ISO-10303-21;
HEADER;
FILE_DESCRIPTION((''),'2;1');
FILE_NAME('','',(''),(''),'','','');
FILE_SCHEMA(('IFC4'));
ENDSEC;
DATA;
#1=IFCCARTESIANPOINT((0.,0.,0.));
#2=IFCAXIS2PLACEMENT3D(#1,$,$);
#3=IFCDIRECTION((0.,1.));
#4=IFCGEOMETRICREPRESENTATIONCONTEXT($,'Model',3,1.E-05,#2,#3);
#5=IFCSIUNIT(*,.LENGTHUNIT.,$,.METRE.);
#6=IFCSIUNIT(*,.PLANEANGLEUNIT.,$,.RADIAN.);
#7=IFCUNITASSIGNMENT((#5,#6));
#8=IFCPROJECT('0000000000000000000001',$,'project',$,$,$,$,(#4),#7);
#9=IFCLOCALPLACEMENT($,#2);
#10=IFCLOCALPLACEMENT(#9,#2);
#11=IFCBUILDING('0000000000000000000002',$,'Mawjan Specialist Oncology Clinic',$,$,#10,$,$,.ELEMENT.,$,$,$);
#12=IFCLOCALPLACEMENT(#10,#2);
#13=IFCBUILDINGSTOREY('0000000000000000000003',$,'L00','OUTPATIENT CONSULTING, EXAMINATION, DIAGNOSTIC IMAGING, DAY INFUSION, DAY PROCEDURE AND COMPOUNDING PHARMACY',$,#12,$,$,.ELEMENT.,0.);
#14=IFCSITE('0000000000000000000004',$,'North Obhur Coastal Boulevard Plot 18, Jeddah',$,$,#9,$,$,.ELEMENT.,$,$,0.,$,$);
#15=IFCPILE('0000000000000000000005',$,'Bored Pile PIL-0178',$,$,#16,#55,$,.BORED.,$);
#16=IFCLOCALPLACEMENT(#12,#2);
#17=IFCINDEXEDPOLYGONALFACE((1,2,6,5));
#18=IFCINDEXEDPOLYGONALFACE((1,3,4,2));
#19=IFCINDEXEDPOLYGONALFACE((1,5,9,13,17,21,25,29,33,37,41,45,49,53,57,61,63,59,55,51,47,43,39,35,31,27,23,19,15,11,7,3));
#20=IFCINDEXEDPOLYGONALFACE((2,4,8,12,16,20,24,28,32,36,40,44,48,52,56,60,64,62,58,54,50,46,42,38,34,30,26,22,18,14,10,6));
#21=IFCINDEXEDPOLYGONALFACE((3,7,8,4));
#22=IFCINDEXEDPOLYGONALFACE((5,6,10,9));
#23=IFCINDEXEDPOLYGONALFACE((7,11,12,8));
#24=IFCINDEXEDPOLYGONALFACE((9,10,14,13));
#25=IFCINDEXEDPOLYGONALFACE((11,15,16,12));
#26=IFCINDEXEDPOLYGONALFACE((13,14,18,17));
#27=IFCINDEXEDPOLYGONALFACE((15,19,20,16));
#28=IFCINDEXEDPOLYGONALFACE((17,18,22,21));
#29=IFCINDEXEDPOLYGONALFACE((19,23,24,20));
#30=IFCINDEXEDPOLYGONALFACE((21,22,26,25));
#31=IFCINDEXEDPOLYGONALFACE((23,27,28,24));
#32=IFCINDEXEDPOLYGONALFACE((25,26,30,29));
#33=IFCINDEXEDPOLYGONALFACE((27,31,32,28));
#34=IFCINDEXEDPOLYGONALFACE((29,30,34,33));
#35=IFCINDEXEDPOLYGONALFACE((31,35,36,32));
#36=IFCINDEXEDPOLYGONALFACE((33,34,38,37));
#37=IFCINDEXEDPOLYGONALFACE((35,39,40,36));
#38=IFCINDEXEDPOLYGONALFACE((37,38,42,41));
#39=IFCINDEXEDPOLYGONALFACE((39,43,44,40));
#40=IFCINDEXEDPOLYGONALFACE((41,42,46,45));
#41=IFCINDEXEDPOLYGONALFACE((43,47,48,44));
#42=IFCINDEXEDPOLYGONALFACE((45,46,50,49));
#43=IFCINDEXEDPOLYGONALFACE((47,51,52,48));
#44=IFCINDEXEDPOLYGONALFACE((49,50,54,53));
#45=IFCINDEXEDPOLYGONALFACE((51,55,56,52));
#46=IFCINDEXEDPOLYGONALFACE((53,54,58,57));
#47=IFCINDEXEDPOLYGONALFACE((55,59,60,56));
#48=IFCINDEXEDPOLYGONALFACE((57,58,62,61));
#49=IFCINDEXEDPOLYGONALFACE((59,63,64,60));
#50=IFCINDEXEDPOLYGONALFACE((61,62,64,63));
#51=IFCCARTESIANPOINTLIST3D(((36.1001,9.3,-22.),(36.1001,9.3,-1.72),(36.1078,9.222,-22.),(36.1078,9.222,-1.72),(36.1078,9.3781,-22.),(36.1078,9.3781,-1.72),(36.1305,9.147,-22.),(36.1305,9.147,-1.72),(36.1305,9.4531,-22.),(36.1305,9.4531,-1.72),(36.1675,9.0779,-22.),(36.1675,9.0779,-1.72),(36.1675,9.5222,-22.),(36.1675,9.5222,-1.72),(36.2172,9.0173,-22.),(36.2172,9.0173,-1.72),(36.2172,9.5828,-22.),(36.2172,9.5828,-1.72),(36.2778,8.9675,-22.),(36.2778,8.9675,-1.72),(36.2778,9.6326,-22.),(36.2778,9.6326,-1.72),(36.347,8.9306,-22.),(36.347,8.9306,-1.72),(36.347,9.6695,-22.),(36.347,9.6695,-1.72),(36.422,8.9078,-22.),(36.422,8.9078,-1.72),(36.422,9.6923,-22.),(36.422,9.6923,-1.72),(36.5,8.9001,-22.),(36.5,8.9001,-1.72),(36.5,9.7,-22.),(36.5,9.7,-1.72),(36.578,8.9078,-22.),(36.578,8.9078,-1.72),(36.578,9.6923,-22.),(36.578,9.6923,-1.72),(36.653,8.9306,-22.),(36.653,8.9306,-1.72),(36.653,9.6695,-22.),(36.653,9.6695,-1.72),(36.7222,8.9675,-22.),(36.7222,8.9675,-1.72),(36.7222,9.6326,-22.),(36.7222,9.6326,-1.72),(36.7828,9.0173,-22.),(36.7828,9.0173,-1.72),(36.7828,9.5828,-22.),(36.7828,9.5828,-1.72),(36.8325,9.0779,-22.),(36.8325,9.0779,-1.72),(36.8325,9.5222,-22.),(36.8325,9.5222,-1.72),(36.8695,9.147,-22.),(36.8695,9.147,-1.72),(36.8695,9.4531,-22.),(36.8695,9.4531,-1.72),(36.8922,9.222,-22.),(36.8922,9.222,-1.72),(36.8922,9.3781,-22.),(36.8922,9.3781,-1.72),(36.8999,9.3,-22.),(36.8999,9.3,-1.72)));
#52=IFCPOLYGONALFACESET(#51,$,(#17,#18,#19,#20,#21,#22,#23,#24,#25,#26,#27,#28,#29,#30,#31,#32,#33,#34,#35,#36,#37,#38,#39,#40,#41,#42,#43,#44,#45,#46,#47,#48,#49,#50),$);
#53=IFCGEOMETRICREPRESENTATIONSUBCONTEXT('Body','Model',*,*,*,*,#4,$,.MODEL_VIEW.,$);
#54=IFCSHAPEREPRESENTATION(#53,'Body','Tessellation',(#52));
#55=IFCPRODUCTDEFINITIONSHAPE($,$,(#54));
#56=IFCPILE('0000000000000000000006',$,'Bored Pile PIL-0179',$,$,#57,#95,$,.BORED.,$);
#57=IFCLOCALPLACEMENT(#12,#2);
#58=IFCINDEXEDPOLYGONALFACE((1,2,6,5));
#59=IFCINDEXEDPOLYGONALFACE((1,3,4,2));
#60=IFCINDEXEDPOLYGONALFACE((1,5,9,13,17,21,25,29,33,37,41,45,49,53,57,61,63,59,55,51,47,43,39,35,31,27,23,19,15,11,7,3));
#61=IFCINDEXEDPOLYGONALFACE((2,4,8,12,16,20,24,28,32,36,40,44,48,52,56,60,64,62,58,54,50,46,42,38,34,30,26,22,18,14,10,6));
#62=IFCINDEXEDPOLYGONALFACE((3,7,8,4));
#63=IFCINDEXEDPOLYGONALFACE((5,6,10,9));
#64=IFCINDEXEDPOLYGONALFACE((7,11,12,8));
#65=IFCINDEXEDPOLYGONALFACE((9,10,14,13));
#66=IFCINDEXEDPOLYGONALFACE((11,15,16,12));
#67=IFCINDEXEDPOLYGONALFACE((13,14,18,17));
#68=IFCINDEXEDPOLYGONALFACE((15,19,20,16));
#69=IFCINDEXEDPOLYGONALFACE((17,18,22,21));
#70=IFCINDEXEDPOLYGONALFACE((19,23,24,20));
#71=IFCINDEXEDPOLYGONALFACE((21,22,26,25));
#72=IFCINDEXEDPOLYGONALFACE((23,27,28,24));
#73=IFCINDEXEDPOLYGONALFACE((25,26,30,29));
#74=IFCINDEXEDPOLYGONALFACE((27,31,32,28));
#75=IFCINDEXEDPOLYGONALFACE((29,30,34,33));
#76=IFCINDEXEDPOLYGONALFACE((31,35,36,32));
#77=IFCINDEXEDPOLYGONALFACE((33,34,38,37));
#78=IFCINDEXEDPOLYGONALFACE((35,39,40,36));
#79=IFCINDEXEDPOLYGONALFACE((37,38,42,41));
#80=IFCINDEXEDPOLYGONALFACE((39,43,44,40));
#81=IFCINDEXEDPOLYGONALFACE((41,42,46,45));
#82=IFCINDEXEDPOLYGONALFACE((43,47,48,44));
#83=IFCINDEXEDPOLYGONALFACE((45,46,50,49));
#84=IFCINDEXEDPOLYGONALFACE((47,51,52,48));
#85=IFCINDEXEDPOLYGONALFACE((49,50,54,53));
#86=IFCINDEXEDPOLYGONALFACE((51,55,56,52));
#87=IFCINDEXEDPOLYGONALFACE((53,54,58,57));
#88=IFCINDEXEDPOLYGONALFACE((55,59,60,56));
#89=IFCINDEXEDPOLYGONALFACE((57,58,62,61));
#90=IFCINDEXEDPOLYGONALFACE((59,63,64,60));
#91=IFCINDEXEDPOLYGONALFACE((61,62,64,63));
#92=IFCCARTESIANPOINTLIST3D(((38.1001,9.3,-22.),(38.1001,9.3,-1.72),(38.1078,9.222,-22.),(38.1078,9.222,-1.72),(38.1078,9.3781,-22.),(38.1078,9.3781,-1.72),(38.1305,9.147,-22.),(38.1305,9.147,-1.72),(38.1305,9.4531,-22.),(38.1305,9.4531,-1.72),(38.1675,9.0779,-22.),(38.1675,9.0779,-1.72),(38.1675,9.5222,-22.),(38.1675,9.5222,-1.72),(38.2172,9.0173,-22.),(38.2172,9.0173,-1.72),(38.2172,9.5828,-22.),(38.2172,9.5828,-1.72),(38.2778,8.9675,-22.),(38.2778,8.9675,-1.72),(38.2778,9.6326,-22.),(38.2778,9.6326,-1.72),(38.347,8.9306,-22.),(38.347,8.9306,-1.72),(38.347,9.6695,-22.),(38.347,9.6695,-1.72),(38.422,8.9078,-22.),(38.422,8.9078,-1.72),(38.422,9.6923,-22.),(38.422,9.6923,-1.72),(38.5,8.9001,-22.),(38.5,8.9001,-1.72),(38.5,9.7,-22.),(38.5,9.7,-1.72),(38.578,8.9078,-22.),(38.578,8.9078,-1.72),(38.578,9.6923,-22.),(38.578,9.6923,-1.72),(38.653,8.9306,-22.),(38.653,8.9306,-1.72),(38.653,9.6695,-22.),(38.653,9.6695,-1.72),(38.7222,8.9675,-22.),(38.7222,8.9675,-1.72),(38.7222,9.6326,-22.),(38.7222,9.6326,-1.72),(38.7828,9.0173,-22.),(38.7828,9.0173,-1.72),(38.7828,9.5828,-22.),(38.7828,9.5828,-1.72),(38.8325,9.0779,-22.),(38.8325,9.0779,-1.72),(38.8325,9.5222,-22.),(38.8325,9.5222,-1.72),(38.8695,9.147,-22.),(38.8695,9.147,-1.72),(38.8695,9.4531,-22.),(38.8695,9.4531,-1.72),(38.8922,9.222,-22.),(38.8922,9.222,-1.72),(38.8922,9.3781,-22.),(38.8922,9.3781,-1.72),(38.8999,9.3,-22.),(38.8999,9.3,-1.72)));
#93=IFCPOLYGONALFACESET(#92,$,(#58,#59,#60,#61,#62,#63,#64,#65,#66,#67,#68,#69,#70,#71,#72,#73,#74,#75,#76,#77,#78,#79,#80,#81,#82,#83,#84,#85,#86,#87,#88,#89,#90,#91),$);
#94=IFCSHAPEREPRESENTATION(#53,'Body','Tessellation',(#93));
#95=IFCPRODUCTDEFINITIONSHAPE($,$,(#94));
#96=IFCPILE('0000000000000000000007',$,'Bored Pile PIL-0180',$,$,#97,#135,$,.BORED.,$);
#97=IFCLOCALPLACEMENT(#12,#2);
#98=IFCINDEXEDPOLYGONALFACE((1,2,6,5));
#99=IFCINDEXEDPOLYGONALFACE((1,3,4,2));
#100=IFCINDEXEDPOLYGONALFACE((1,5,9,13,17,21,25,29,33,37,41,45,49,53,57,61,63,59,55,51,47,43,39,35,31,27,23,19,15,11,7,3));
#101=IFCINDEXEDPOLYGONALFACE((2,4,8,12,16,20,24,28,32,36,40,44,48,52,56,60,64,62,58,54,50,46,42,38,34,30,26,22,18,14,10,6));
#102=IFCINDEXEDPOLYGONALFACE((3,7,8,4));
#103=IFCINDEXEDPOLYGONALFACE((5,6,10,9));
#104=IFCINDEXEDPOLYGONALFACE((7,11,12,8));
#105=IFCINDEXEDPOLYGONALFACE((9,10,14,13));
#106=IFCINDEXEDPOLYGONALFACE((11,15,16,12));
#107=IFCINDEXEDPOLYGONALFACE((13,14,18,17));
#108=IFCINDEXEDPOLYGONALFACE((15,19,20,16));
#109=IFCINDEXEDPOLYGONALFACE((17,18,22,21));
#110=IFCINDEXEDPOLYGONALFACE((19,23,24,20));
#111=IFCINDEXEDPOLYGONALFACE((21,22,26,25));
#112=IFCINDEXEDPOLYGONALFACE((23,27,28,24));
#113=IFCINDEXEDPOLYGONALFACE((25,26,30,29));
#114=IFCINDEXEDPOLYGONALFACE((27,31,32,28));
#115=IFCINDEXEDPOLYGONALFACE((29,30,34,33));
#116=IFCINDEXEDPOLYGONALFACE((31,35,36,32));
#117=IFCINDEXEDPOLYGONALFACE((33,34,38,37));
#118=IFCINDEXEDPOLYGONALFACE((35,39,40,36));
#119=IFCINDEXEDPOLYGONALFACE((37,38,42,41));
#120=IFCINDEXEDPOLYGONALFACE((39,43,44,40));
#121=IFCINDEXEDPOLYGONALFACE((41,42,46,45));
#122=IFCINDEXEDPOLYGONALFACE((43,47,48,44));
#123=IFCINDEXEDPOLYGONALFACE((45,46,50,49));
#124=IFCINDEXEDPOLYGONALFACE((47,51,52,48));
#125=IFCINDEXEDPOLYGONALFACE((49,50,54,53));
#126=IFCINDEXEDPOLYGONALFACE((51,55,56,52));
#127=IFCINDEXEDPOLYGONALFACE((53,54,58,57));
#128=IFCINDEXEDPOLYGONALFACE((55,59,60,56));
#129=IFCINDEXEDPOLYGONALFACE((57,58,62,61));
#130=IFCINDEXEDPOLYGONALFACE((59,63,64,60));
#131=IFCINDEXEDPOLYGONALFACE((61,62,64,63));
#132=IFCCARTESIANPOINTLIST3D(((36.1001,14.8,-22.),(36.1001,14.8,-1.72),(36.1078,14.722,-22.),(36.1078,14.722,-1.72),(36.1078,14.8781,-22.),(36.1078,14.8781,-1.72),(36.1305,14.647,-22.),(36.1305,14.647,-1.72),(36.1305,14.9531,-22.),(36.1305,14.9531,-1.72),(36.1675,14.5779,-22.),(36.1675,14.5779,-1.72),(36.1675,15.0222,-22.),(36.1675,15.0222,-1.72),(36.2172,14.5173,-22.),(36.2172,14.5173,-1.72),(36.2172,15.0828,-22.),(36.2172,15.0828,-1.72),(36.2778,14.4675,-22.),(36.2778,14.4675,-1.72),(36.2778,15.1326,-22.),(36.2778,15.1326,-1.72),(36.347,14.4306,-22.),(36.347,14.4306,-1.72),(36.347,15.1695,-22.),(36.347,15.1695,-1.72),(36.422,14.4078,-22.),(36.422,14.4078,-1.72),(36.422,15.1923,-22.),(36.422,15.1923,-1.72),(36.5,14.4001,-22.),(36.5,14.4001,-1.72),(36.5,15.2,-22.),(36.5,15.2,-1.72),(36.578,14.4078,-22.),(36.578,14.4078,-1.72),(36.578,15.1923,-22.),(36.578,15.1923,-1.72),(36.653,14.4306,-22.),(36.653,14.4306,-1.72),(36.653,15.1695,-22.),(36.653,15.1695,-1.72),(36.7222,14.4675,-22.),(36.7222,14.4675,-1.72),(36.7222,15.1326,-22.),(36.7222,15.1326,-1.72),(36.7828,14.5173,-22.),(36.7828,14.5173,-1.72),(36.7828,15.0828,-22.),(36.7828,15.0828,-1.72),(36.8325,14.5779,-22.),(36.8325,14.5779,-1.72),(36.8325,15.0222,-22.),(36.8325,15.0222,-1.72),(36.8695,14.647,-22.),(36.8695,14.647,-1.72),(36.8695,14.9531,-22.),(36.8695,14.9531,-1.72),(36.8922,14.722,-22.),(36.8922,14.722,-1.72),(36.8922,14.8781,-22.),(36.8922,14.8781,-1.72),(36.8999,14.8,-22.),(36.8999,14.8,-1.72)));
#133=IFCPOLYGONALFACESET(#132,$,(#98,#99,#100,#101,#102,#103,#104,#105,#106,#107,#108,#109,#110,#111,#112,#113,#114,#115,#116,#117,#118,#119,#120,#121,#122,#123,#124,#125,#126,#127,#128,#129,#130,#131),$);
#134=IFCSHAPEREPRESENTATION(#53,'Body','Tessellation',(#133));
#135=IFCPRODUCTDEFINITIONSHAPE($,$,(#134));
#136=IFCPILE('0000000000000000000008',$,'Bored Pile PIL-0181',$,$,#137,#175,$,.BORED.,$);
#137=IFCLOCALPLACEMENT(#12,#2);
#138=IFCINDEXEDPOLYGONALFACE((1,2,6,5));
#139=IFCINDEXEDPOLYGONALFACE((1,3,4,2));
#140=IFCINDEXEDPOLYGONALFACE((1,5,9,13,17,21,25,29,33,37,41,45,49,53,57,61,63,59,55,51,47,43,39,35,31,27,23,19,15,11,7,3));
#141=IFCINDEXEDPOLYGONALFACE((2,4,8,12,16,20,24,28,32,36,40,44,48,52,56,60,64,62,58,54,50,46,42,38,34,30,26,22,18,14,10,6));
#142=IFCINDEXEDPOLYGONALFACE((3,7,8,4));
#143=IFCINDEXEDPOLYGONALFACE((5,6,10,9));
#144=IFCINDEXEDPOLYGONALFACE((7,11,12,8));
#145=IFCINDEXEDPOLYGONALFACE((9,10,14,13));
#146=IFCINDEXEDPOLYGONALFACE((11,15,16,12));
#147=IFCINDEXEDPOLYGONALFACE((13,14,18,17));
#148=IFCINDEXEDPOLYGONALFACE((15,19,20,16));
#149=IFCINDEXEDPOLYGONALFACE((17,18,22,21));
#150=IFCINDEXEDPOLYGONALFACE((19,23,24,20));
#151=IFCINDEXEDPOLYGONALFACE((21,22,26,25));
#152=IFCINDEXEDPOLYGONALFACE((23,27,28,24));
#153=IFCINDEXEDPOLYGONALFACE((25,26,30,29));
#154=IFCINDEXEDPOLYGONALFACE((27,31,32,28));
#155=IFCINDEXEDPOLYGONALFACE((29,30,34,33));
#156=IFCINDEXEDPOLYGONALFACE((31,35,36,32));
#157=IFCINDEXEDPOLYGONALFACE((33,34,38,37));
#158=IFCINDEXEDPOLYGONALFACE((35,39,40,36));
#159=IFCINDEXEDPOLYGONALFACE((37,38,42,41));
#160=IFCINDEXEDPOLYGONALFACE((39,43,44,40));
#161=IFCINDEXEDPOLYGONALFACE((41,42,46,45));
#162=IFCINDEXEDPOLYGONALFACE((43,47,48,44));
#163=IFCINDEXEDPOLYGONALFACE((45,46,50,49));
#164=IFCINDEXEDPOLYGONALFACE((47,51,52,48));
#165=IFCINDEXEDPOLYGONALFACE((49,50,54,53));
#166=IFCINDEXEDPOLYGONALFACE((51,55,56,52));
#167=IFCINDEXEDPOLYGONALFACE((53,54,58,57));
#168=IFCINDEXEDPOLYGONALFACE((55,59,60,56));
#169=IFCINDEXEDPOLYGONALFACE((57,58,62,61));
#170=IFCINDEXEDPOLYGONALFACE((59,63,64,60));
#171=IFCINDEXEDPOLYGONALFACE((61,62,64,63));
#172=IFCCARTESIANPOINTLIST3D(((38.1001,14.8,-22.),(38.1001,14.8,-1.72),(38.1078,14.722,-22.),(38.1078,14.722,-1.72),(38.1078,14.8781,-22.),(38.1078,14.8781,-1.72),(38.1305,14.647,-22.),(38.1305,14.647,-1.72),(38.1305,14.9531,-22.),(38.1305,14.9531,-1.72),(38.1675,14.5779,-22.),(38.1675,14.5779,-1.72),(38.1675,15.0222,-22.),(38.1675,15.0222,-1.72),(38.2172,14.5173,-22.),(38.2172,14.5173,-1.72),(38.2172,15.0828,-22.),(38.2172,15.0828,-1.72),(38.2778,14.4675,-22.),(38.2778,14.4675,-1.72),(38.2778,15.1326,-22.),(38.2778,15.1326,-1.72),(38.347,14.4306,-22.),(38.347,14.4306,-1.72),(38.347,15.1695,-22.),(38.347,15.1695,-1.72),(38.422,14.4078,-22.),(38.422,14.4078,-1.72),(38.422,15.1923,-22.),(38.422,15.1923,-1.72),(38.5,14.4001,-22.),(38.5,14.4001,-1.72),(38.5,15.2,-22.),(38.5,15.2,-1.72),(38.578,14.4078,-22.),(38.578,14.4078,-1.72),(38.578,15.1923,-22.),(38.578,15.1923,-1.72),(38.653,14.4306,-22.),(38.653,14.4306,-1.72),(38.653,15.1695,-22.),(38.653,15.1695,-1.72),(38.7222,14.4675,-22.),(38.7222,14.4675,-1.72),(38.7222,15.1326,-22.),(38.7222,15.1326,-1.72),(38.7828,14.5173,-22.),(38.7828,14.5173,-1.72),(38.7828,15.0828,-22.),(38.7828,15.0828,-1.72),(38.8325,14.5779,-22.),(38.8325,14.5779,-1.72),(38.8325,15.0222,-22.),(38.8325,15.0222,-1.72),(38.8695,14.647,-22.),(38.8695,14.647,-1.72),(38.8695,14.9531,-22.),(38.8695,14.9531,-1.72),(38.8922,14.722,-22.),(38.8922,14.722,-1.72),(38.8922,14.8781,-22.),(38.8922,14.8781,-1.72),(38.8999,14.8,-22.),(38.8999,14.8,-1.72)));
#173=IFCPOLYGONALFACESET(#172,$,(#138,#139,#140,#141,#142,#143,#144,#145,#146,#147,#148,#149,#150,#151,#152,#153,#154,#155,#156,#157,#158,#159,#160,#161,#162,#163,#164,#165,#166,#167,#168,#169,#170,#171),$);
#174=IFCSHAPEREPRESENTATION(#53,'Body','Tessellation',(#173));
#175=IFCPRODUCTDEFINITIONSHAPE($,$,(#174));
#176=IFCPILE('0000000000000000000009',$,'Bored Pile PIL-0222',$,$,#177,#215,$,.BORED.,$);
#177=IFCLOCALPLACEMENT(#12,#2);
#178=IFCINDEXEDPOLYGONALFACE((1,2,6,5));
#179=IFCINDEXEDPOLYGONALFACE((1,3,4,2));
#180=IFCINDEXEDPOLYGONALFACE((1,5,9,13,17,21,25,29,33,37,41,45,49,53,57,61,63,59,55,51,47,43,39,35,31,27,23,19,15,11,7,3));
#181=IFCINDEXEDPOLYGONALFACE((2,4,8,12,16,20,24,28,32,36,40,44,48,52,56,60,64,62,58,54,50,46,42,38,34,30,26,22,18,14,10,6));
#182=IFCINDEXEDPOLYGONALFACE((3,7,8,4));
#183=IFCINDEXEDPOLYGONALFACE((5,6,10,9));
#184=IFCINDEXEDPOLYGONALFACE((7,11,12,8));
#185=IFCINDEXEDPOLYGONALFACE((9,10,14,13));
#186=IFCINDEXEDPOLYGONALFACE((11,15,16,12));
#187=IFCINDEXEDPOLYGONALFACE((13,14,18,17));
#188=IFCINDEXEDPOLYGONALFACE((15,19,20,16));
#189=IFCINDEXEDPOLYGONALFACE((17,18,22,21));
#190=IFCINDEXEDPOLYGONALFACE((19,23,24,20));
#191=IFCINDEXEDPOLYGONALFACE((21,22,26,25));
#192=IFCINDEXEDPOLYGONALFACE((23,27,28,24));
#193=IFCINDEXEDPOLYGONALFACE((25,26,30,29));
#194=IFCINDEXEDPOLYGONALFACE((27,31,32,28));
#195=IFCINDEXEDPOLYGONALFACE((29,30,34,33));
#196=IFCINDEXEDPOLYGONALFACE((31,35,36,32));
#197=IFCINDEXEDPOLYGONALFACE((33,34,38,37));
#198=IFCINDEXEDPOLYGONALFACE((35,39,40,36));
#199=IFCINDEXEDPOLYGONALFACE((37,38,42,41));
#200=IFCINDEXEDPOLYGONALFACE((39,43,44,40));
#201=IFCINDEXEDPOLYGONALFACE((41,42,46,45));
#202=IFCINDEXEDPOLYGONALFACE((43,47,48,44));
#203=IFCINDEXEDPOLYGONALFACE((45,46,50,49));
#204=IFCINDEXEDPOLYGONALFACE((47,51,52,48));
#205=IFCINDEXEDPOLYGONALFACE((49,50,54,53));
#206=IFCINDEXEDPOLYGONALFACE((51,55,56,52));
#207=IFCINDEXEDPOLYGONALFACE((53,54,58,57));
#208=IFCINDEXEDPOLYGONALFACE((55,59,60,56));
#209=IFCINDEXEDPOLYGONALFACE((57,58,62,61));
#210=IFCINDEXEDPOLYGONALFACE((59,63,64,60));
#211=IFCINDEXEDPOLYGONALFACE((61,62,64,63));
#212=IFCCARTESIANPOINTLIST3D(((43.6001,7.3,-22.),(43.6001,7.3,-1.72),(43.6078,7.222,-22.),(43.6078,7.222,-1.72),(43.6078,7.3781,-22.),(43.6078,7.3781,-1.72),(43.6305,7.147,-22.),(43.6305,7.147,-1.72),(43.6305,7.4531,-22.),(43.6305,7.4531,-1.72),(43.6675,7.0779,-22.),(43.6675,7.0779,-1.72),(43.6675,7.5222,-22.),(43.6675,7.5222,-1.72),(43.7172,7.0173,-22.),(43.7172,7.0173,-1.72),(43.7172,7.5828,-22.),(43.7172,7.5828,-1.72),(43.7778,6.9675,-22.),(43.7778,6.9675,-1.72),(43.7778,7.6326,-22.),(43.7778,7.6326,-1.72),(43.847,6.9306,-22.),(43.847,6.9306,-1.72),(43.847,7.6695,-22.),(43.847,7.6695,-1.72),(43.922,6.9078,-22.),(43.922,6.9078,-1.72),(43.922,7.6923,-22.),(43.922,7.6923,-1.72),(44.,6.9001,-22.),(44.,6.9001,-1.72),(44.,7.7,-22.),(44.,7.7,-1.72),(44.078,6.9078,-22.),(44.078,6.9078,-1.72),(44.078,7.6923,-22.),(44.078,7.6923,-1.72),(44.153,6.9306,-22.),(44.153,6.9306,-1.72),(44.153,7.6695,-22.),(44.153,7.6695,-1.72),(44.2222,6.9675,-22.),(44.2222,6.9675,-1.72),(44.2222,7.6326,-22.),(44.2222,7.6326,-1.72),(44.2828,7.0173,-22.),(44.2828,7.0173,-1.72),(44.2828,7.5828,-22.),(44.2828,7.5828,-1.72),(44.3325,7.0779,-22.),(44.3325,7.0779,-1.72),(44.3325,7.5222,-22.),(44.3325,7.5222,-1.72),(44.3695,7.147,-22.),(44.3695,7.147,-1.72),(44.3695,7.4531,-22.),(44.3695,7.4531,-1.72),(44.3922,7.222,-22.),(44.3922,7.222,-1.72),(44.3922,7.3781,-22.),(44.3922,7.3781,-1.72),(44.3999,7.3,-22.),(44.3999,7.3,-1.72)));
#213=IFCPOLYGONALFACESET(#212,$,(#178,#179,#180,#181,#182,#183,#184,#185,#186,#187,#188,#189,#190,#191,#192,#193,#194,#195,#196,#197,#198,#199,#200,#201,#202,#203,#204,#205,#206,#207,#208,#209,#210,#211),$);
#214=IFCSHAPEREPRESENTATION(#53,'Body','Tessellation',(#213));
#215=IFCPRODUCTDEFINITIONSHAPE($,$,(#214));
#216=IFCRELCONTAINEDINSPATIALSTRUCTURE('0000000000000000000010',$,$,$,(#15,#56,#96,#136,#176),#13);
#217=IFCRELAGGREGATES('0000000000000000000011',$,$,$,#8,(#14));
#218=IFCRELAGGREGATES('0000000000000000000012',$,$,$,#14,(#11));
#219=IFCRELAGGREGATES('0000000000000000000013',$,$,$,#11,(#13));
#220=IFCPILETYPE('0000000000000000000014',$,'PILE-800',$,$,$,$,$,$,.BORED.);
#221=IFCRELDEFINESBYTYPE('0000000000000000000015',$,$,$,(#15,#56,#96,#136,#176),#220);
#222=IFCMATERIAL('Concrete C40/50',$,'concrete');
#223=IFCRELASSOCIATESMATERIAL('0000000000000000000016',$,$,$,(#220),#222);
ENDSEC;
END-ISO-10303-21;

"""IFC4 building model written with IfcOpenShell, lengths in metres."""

from ifc_helpers import new_model, si_unit, direction, frame, origin, origin_2d, place, context, subcontext, project, spatial, circle, extrude, material, material_profile, profile_set, type_object, element, save


model = new_model("IFC4")

# Units and contexts
model_context = context("Model", 3, precision=1e-05, world=origin(), true_north=direction((0.0, 1.0)))
body_context = subcontext(model_context, "Body", "Model", "MODEL_VIEW")
ifc_project = project(units=[si_unit("LENGTHUNIT", "METRE"), si_unit("PLANEANGLEUNIT", "RADIAN")], contexts=[model_context])

# Site, building, storey
site_placement = place(None, origin())
site = spatial("IfcSite", under=ifc_project, at=site_placement, Name="North Obhur Coastal Boulevard Plot 18, Jeddah", CompositionType="ELEMENT", RefElevation=0.0)
building_placement = place(site_placement, origin())
building = spatial("IfcBuilding", under=site, at=building_placement, Name="Mawjan Specialist Oncology Clinic", CompositionType="ELEMENT")
storey_placement = place(building_placement, origin())
storey = spatial("IfcBuildingStorey", under=building, at=storey_placement, Name="L00", Description="OUTPATIENT CONSULTING, EXAMINATION, DIAGNOSTIC IMAGING, DAY INFUSION, DAY PROCEDURE AND COMPOUNDING PHARMACY", CompositionType="ELEMENT", Elevation=0.0)

# Piles
ifc_material_1 = material(Name="Concrete C40/50", Category="concrete")
ifc_material_profile_1 = material_profile(ifc_material_1, circle(Radius=0.3999, at=origin_2d()), Name="BORED PILE D800", Category="concrete")
ifc_profile_set_1 = profile_set([ifc_material_profile_1], Name="Concrete C40/50")
pile_type_1 = type_object("IfcPileType", Name="PILE-800", PredefinedType="BORED", material=ifc_profile_set_1)
for number, where, z_axis, x_axis, name in (
    (1, (36.5, 9.3, -1.72), (0.0, 0.0, -1.0), (1.0, 0.0, 0.0), "Bored Pile PIL-0178"),
    (2, (38.5, 9.3, -1.72), (0.0, 0.0, -1.0), (1.0, 0.0, 0.0), "Bored Pile PIL-0179"),
    (3, (36.5, 14.8, -1.72), (0.0, 0.0, -1.0), (1.0, 0.0, 0.0), "Bored Pile PIL-0180"),
    (4, (38.5, 14.8, -1.72), (0.0, 0.0, -1.0), (1.0, 0.0, 0.0), "Bored Pile PIL-0181"),
    (5, (44.0, 7.3, -1.72), (0.0, 0.0, -1.0), (1.0, 0.0, 0.0), "Bored Pile PIL-0222"),
):
    element("IfcPile", number, at=place(storey_placement, frame(where, z_axis=z_axis, x_axis=x_axis)), inside=storey, type_object=pile_type_1, Name=name, PredefinedType="BORED", context=body_context, shape_type="SweptSolid", body=[
        extrude(circle(Radius=0.3999, at=origin_2d()), origin(), (0.0, 0.0, 1.0), 20.28),
    ])

save(model, "model.ifc")
